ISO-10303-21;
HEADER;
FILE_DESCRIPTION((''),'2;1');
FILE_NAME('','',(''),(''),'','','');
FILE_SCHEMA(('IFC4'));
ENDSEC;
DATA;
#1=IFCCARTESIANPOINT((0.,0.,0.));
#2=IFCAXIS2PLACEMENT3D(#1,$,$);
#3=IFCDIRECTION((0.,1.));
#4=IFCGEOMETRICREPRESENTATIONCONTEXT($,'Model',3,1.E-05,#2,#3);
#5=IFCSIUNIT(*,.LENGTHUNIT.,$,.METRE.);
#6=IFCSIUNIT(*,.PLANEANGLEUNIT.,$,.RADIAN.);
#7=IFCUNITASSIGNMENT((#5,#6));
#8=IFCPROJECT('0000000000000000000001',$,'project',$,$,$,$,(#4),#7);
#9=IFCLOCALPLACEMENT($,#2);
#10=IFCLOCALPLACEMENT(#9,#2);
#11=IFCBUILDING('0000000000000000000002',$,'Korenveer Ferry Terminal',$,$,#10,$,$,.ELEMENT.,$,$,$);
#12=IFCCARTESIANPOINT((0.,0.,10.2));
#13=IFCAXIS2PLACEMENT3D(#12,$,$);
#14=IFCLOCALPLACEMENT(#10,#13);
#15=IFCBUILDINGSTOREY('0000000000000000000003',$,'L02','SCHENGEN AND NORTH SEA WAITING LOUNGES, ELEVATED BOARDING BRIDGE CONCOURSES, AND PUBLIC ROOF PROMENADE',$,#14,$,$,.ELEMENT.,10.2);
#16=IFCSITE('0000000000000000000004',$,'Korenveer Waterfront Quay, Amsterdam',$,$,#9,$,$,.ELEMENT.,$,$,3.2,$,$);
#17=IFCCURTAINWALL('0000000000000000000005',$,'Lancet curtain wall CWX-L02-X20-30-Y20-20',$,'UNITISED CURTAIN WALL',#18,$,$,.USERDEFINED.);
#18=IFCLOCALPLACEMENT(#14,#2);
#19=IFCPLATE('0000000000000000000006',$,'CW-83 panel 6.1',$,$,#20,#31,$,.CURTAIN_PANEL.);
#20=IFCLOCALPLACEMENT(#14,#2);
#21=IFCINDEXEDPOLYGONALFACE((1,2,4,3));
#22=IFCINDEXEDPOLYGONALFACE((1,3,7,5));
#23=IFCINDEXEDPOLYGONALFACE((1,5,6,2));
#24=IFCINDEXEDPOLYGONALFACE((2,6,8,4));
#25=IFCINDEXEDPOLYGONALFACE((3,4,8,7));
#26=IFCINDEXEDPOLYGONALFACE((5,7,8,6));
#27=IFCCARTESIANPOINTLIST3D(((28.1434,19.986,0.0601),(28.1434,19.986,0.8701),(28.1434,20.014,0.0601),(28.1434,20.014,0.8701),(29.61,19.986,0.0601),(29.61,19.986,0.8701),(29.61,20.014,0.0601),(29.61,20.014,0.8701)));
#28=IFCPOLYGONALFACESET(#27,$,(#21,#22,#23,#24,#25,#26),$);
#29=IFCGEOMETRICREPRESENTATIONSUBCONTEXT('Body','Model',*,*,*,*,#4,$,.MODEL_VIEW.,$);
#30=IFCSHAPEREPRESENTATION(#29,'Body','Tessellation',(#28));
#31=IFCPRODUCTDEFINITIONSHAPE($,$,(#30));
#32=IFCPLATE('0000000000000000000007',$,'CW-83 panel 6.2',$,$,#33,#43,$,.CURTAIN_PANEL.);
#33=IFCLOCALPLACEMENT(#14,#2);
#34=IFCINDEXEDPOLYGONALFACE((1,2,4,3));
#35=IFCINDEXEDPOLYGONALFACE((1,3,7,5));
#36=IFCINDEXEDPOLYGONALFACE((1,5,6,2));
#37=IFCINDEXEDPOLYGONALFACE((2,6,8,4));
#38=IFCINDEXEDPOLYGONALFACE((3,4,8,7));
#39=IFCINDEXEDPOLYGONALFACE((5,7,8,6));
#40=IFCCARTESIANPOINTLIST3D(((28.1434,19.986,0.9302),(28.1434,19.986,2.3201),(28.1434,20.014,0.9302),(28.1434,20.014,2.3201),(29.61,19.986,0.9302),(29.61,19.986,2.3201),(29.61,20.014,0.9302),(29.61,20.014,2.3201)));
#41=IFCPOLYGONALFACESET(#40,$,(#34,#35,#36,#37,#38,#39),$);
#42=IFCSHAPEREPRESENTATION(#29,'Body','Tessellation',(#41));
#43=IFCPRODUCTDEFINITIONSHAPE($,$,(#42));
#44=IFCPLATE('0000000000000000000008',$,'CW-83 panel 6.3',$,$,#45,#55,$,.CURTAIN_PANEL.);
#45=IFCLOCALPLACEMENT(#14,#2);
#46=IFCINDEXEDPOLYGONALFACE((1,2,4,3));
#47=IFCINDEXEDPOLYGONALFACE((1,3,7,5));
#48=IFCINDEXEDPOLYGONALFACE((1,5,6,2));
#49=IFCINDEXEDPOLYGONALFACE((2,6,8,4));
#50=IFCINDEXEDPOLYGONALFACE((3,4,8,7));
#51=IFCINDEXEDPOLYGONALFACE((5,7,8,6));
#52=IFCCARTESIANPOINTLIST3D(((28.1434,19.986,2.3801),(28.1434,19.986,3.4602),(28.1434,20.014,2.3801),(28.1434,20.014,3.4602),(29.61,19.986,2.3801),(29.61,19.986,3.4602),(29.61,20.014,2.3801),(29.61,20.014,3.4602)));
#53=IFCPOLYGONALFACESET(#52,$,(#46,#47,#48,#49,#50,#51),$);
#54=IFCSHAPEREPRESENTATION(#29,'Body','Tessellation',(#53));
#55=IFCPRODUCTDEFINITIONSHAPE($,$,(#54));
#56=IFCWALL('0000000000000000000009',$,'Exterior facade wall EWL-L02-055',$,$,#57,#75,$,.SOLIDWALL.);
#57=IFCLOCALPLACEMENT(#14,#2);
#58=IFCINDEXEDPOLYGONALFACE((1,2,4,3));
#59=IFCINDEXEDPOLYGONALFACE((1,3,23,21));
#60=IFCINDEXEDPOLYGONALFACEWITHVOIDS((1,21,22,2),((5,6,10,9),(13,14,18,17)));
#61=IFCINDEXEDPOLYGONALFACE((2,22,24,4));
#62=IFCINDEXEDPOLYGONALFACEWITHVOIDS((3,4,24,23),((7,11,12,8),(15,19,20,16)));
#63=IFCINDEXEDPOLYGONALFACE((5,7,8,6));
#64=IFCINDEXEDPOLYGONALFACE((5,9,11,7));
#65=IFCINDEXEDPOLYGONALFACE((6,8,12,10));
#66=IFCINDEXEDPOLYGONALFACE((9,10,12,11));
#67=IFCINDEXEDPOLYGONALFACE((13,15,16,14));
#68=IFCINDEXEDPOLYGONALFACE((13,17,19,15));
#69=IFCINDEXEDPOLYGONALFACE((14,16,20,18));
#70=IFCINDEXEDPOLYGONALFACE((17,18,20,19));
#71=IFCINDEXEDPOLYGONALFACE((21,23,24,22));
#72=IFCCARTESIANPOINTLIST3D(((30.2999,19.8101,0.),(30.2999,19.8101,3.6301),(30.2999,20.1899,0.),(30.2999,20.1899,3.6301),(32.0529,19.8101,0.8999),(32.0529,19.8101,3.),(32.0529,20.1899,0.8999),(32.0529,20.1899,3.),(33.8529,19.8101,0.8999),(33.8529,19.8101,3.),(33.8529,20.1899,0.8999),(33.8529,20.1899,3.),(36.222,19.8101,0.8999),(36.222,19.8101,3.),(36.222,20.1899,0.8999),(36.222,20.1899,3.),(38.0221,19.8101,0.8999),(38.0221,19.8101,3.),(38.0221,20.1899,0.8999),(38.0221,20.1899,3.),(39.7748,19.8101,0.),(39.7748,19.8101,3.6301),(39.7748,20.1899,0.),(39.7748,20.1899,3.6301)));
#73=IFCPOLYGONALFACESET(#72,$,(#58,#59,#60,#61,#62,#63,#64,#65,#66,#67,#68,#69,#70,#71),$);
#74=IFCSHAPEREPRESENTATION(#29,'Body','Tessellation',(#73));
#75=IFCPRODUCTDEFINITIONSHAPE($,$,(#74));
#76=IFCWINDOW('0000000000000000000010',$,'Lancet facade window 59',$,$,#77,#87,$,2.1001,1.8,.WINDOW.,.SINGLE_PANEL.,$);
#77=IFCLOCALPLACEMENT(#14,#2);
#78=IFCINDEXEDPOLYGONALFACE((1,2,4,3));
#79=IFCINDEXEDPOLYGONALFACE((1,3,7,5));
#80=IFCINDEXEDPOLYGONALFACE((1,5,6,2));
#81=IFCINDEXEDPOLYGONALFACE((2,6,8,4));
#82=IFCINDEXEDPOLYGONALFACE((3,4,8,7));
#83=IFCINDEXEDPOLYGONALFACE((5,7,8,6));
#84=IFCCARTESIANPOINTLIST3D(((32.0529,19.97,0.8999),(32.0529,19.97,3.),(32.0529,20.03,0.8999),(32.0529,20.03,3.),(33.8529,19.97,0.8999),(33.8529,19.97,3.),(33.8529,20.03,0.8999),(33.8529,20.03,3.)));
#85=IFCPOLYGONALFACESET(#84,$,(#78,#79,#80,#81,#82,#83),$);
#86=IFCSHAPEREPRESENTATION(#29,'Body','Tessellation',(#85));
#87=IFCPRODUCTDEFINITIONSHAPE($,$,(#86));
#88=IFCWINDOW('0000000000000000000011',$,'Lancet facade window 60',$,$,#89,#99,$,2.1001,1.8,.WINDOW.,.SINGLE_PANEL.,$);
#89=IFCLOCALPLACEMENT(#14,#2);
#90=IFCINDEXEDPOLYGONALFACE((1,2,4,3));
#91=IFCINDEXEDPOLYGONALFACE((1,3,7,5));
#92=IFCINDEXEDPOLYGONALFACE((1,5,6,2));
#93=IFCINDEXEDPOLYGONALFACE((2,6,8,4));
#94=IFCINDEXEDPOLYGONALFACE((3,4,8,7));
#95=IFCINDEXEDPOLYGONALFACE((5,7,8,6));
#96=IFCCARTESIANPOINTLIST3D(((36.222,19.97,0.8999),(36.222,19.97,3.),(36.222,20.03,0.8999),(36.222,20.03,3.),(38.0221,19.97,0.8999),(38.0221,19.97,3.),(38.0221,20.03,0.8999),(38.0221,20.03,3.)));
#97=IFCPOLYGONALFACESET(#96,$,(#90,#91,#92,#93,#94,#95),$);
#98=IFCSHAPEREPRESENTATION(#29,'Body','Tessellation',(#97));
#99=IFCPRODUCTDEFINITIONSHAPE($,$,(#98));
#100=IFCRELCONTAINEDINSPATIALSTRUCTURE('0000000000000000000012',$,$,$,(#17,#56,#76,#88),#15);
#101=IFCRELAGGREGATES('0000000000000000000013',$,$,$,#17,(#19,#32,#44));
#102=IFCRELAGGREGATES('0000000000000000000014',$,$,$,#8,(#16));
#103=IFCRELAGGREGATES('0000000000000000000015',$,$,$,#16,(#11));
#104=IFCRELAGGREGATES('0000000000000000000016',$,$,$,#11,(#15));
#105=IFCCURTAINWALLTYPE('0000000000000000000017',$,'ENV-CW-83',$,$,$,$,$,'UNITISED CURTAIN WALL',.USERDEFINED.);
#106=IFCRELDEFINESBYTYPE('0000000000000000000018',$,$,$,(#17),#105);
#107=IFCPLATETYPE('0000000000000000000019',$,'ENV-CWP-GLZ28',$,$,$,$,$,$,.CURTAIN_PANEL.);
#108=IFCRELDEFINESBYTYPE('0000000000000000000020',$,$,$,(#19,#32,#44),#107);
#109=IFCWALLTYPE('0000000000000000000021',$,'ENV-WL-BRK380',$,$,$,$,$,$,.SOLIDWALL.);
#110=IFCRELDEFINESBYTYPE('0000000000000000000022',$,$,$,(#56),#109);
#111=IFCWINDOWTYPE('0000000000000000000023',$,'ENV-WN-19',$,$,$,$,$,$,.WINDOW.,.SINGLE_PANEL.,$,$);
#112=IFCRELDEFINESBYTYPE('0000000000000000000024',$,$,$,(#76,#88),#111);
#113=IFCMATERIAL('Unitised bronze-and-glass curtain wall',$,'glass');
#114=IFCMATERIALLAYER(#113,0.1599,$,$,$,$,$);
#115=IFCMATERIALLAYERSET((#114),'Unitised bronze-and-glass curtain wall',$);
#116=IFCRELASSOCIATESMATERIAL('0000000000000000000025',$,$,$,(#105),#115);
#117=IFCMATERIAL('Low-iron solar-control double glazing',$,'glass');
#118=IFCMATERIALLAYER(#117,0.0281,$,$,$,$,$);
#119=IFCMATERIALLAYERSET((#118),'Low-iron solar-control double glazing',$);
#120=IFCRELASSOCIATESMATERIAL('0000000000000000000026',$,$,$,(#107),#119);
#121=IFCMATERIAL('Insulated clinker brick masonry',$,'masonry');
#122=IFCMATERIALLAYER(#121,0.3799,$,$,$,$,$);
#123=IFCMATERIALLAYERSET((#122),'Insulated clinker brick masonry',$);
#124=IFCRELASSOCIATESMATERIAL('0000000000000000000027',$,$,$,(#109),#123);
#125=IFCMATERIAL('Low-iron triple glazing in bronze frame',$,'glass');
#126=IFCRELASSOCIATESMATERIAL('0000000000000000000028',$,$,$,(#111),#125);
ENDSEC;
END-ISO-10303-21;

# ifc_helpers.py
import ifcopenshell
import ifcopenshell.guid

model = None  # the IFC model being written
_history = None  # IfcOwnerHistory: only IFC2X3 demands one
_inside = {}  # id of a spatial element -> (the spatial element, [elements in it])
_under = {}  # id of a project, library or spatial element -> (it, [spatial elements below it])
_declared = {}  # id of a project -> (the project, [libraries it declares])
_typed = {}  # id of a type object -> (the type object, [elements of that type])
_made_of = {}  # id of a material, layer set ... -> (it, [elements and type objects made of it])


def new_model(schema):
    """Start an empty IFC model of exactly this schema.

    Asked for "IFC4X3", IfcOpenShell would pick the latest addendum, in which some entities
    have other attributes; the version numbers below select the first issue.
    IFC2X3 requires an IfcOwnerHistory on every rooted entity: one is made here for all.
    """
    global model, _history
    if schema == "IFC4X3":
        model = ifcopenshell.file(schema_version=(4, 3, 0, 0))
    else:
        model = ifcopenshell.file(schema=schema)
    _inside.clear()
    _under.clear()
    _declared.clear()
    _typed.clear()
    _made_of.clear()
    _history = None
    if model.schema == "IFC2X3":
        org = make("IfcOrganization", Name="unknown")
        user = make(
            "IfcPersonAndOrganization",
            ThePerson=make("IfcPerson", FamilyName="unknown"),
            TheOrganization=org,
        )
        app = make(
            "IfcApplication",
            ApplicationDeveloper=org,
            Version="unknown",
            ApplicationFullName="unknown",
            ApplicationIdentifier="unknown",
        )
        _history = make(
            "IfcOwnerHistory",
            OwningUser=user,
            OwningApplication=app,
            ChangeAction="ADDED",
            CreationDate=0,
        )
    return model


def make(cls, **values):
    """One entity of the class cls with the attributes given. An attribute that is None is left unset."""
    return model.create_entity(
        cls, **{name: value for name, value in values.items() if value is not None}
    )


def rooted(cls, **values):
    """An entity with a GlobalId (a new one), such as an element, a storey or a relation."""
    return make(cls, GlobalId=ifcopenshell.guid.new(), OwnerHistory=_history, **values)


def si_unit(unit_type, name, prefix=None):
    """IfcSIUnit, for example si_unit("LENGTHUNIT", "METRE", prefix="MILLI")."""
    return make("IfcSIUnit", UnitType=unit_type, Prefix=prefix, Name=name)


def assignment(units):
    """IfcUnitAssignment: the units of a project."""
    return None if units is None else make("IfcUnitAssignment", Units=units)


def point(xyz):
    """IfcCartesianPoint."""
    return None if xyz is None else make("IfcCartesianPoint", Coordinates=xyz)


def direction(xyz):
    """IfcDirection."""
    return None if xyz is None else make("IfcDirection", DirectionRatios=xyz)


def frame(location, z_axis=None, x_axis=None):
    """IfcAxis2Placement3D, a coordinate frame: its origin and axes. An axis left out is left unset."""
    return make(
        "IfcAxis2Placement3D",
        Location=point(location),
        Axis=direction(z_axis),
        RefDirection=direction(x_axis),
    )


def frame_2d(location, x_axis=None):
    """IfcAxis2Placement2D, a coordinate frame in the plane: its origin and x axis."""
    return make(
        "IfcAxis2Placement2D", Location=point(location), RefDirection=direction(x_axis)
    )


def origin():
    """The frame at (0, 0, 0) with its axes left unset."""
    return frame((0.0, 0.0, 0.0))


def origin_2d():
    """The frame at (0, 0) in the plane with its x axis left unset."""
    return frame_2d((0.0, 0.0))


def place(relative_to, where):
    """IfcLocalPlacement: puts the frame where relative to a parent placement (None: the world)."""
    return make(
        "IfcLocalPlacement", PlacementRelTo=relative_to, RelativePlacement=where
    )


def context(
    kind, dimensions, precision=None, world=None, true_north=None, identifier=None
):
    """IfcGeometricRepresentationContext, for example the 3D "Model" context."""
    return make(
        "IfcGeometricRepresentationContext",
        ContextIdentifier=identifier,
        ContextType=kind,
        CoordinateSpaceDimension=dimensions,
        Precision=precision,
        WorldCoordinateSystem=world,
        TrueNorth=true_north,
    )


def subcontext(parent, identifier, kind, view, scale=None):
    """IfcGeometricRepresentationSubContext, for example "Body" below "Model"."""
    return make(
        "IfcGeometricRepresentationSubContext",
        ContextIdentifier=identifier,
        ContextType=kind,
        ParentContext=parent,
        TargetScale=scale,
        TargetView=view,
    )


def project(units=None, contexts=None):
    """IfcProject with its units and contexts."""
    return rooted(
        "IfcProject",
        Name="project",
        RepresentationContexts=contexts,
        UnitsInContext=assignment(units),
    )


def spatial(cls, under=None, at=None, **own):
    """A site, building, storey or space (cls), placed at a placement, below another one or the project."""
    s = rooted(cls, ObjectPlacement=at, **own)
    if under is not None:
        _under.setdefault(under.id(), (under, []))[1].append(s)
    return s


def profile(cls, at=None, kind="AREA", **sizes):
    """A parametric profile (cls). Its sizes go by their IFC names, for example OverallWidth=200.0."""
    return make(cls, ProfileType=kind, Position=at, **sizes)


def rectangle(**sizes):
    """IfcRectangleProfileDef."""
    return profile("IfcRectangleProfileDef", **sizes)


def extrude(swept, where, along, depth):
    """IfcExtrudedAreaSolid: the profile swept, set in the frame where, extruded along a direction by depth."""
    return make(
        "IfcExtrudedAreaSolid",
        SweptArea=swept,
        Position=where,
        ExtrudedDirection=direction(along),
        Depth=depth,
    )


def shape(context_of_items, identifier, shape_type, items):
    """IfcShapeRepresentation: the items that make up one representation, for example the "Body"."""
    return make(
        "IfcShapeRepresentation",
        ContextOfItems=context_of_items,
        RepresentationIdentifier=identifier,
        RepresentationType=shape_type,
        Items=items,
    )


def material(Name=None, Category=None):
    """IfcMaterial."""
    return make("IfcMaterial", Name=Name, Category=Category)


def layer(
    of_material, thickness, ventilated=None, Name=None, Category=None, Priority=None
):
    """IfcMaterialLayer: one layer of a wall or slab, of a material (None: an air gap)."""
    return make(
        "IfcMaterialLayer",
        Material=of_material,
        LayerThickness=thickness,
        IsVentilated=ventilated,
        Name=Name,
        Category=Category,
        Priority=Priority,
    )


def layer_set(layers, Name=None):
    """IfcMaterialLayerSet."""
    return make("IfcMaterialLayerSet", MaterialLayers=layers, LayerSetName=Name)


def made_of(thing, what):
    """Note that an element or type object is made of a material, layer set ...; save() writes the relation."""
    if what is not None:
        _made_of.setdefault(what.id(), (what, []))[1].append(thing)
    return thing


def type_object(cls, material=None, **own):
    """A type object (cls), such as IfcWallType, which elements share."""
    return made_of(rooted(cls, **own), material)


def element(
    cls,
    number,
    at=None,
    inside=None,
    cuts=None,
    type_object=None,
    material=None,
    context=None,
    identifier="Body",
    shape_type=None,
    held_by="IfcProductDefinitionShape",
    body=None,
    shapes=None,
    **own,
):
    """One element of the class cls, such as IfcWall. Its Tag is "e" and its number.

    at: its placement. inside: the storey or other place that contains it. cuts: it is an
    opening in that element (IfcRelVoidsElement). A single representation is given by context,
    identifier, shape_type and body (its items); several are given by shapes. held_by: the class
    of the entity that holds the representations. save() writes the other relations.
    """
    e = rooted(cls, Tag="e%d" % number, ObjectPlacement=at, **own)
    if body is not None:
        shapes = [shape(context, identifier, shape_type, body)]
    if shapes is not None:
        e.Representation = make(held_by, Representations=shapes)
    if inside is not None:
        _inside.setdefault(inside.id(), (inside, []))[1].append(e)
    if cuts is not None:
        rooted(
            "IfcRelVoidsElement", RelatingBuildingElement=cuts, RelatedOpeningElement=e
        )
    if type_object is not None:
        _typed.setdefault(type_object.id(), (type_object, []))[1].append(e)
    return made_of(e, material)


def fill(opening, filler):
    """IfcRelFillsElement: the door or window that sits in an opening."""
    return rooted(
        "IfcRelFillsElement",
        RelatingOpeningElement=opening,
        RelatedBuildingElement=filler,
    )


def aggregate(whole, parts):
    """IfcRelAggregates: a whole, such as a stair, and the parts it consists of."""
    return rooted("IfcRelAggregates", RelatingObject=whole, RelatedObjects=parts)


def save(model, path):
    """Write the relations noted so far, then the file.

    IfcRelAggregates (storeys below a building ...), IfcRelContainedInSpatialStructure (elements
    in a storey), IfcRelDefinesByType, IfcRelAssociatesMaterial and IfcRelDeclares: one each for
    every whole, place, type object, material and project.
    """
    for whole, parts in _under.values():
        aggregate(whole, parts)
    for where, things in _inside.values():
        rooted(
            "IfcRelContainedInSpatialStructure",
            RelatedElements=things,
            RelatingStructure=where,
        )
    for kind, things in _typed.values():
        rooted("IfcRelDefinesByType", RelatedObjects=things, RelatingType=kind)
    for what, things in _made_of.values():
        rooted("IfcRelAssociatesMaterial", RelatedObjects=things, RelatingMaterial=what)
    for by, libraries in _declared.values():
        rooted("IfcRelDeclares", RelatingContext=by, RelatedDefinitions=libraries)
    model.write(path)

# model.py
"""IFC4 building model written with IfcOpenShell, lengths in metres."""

from ifc_helpers import new_model, si_unit, direction, frame, frame_2d, origin, origin_2d, place, context, subcontext, project, spatial, rectangle, extrude, material, layer, layer_set, type_object, element, fill, aggregate, save


model = new_model("IFC4")

# Units and contexts
model_context = context("Model", 3, precision=1e-05, world=origin(), true_north=direction((0.0, 1.0)))
body_context = subcontext(model_context, "Body", "Model", "MODEL_VIEW")
ifc_project = project(units=[si_unit("LENGTHUNIT", "METRE"), si_unit("PLANEANGLEUNIT", "RADIAN")], contexts=[model_context])

# Site, building, storey
site_placement = place(None, origin())
site = spatial("IfcSite", under=ifc_project, at=site_placement, Name="Korenveer Waterfront Quay, Amsterdam", CompositionType="ELEMENT", RefElevation=3.2)
building_placement = place(site_placement, origin())
building = spatial("IfcBuilding", under=site, at=building_placement, Name="Korenveer Ferry Terminal", CompositionType="ELEMENT")
storey_placement = place(building_placement, frame((0.0, 0.0, 10.2)))
storey = spatial("IfcBuildingStorey", under=building, at=storey_placement, Name="L02", Description="SCHENGEN AND NORTH SEA WAITING LOUNGES, ELEVATED BOARDING BRIDGE CONCOURSES, AND PUBLIC ROOF PROMENADE", CompositionType="ELEMENT", Elevation=10.2)

# Curtain wall
ifc_material_1 = material(Name="Unitised bronze-and-glass curtain wall", Category="glass")
ifc_layer_1 = layer(ifc_material_1, 0.1599)
ifc_layer_set_1 = layer_set([ifc_layer_1], Name="Unitised bronze-and-glass curtain wall")
curtain_wall_type_1 = type_object("IfcCurtainWallType", Name="ENV-CW-83", ElementType="UNITISED CURTAIN WALL", PredefinedType="USERDEFINED", material=ifc_layer_set_1)
curtain_wall_1_placement = place(storey_placement, frame((20.3301, 20.0, 0.0)))
curtain_wall_1 = element("IfcCurtainWall", 1, at=curtain_wall_1_placement, inside=storey, type_object=curtain_wall_type_1, Name="Lancet curtain wall CWX-L02-X20-30-Y20-20", ObjectType="UNITISED CURTAIN WALL", PredefinedType="USERDEFINED")

# Plates
ifc_material_2 = material(Name="Low-iron solar-control double glazing", Category="glass")
ifc_layer_2 = layer(ifc_material_2, 0.0281)
ifc_layer_set_2 = layer_set([ifc_layer_2], Name="Low-iron solar-control double glazing")
plate_type = type_object("IfcPlateType", Name="ENV-CWP-GLZ28", PredefinedType="CURTAIN_PANEL", material=ifc_layer_set_2)
plate_1_placement = place(storey_placement, frame((28.8767, 20.0, 0.0601), z_axis=(0.0, 0.0, 1.0), x_axis=(1.0, 0.0, 0.0)))
plate_1 = element("IfcPlate", 2, at=plate_1_placement, type_object=plate_type, Name="CW-83 panel 6.1", PredefinedType="CURTAIN_PANEL", context=body_context, shape_type="SweptSolid", body=[
    extrude(rectangle(XDim=1.4666, YDim=0.0281, at=origin_2d()), origin(), (0.0, 0.0, 1.0), 0.8101),
])
plate_2_placement = place(storey_placement, frame((28.8767, 20.0, 0.9302), z_axis=(0.0, 0.0, 1.0), x_axis=(1.0, 0.0, 0.0)))
plate_2 = element("IfcPlate", 3, at=plate_2_placement, type_object=plate_type, Name="CW-83 panel 6.2", PredefinedType="CURTAIN_PANEL", context=body_context, shape_type="SweptSolid", body=[
    extrude(rectangle(XDim=1.4666, YDim=0.0281, at=origin_2d()), origin(), (0.0, 0.0, 1.0), 1.3899),
])
plate_3_placement = place(storey_placement, frame((28.8767, 20.0, 2.3801), z_axis=(0.0, 0.0, 1.0), x_axis=(1.0, 0.0, 0.0)))
plate_3 = element("IfcPlate", 4, at=plate_3_placement, type_object=plate_type, Name="CW-83 panel 6.3", PredefinedType="CURTAIN_PANEL", context=body_context, shape_type="SweptSolid", body=[
    extrude(rectangle(XDim=1.4666, YDim=0.0281, at=origin_2d()), origin(), (0.0, 0.0, 1.0), 1.0801),
])
aggregate(curtain_wall_1, [plate_1, plate_2, plate_3])

# Wall, openings, windows
ifc_material_3 = material(Name="Insulated clinker brick masonry", Category="masonry")
ifc_layer_3 = layer(ifc_material_3, 0.3799)
ifc_layer_set_3 = layer_set([ifc_layer_3], Name="Insulated clinker brick masonry")
wall_type = type_object("IfcWallType", Name="ENV-WL-BRK380", PredefinedType="SOLIDWALL", material=ifc_layer_set_3)
wall_placement = place(storey_placement, frame((30.3, 20.0, 0.0), z_axis=(0.0, 0.0, 1.0), x_axis=(1.0, 0.0, 0.0)))
wall = element("IfcWall", 5, at=wall_placement, inside=storey, type_object=wall_type, Name="Exterior facade wall EWL-L02-055", PredefinedType="SOLIDWALL", context=body_context, shape_type="SweptSolid", body=[
    extrude(rectangle(XDim=9.4749, YDim=0.3799, at=frame_2d((4.7373, 0.0))), origin(), (0.0, 0.0, 1.0), 3.6301),
])
opening_1_placement = place(wall_placement, frame((1.7529, 0.0, 0.8999)))
opening_1 = element("IfcOpeningElement", 6, at=opening_1_placement, cuts=wall, PredefinedType="OPENING", context=body_context, shape_type="SweptSolid", body=[
    extrude(rectangle(XDim=1.8, YDim=2.1001, at=frame_2d((0.8999, 1.05))), frame((0.0, 0.2, 0.0), z_axis=(0.0, -1.0, 0.0), x_axis=(1.0, 0.0, 0.0)), (0.0, 0.0, 1.0), 0.3999),
])
opening_2_placement = place(wall_placement, frame((5.9221, 0.0, 0.8999)))
opening_2 = element("IfcOpeningElement", 7, at=opening_2_placement, cuts=wall, PredefinedType="OPENING", context=body_context, shape_type="SweptSolid", body=[
    extrude(rectangle(XDim=1.8, YDim=2.1001, at=frame_2d((0.8999, 1.05))), frame((0.0, 0.2, 0.0), z_axis=(0.0, -1.0, 0.0), x_axis=(1.0, 0.0, 0.0)), (0.0, 0.0, 1.0), 0.3999),
])
ifc_material_4 = material(Name="Low-iron triple glazing in bronze frame", Category="glass")
window_type = type_object("IfcWindowType", Name="ENV-WN-19", PartitioningType="SINGLE_PANEL", PredefinedType="WINDOW", material=ifc_material_4)
window_1_placement = place(opening_1_placement, origin())
window_1 = element("IfcWindow", 8, at=window_1_placement, inside=storey, type_object=window_type, Name="Lancet facade window 59", OverallHeight=2.1001, OverallWidth=1.8, PartitioningType="SINGLE_PANEL", PredefinedType="WINDOW", context=body_context, shape_type="SweptSolid", body=[
    extrude(rectangle(XDim=1.8, YDim=2.1001, at=frame_2d((0.8999, 1.05))), frame((0.0, 0.03, 0.0), z_axis=(0.0, -1.0, 0.0), x_axis=(1.0, 0.0, 0.0)), (0.0, 0.0, 1.0), 0.0601),
])
fill(opening_1, window_1)
window_2_placement = place(opening_2_placement, origin())
window_2 = element("IfcWindow", 9, at=window_2_placement, inside=storey, type_object=window_type, Name="Lancet facade window 60", OverallHeight=2.1001, OverallWidth=1.8, PartitioningType="SINGLE_PANEL", PredefinedType="WINDOW", context=body_context, shape_type="SweptSolid", body=[
    extrude(rectangle(XDim=1.8, YDim=2.1001, at=frame_2d((0.8999, 1.05))), frame((0.0, 0.03, 0.0), z_axis=(0.0, -1.0, 0.0), x_axis=(1.0, 0.0, 0.0)), (0.0, 0.0, 1.0), 0.0601),
])
fill(opening_2, window_2)

save(model, "model.ifc")
